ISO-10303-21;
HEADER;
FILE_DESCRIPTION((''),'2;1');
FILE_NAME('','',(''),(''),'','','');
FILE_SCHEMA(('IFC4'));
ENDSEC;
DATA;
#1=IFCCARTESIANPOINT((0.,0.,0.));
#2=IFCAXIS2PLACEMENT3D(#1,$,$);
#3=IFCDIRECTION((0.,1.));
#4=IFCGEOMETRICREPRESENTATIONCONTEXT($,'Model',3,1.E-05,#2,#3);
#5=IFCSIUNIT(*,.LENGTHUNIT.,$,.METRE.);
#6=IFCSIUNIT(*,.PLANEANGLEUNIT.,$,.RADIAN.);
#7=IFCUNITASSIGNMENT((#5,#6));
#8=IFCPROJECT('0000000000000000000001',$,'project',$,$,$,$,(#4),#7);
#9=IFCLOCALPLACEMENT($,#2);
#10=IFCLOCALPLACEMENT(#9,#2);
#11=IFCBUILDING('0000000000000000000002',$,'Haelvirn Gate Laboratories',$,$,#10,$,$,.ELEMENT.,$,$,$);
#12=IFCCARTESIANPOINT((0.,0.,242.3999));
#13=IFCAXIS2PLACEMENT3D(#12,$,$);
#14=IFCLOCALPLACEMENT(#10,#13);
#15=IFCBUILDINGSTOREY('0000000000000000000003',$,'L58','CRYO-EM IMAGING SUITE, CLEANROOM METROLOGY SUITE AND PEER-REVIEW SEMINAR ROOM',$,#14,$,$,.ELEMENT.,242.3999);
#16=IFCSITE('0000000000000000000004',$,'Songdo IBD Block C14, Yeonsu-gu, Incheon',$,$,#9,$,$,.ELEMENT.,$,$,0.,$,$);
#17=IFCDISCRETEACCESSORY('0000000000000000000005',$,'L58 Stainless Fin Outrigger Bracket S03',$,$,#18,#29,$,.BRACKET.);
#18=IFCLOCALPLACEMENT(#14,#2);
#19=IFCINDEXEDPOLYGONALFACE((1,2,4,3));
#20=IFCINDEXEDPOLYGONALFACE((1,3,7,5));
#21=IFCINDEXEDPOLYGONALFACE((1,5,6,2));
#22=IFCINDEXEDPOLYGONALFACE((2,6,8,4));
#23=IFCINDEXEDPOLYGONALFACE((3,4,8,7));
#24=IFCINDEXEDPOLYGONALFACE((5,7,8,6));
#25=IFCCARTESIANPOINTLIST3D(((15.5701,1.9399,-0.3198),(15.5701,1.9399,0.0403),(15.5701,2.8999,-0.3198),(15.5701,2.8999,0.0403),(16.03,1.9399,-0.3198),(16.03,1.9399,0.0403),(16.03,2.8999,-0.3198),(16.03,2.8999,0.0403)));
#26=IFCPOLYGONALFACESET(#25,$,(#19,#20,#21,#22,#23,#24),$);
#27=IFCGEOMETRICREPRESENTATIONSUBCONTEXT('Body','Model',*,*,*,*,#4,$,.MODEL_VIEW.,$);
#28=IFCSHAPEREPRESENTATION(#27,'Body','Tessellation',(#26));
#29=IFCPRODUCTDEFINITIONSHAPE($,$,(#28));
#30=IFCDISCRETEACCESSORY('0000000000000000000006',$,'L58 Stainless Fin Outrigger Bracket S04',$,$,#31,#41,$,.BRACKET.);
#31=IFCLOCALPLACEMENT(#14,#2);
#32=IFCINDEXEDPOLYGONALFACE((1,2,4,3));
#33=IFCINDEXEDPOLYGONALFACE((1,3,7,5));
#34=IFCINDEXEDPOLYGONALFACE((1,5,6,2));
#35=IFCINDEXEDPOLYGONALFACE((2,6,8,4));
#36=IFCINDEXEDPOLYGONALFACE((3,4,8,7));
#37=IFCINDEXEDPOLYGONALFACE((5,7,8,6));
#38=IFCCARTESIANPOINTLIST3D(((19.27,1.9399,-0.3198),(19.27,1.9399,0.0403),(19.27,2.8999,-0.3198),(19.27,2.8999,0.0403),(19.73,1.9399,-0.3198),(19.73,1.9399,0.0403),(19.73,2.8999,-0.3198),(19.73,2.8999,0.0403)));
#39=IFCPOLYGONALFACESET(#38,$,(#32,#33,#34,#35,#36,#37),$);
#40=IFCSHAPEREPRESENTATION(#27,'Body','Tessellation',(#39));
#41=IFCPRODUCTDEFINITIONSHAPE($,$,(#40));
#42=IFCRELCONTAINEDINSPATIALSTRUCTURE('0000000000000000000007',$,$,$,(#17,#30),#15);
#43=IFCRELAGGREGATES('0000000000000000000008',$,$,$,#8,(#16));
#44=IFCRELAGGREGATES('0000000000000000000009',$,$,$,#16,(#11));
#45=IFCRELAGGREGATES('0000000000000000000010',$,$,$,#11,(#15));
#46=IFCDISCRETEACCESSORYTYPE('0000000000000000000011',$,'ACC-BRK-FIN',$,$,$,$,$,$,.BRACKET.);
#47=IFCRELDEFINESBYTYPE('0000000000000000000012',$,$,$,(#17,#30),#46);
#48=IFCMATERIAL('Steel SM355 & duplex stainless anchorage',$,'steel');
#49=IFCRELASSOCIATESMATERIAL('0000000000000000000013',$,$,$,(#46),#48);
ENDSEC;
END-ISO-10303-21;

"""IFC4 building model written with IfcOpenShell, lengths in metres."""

from ifc_helpers import new_model, si_unit, direction, frame, origin, origin_2d, place, context, subcontext, project, spatial, rectangle, extrude, source, transform, mapped, material, type_object, type_shapes, element, save


model = new_model("IFC4")

# Units and contexts
model_context = context("Model", 3, precision=1e-05, world=origin(), true_north=direction((0.0, 1.0)))
body_context = subcontext(model_context, "Body", "Model", "MODEL_VIEW")
ifc_project = project(units=[si_unit("LENGTHUNIT", "METRE"), si_unit("PLANEANGLEUNIT", "RADIAN")], contexts=[model_context])

# Site, building, storey
site_placement = place(None, origin())
site = spatial("IfcSite", under=ifc_project, at=site_placement, Name="Songdo IBD Block C14, Yeonsu-gu, Incheon", CompositionType="ELEMENT", RefElevation=0.0)
building_placement = place(site_placement, origin())
building = spatial("IfcBuilding", under=site, at=building_placement, Name="Haelvirn Gate Laboratories", CompositionType="ELEMENT")
storey_placement = place(building_placement, frame((0.0, 0.0, 242.3999)))
storey = spatial("IfcBuildingStorey", under=building, at=storey_placement, Name="L58", Description="CRYO-EM IMAGING SUITE, CLEANROOM METROLOGY SUITE AND PEER-REVIEW SEMINAR ROOM", CompositionType="ELEMENT", Elevation=242.3999)

# Discrete accessories
ifc_material_1 = material(Name="Steel SM355 & duplex stainless anchorage", Category="steel")
discrete_accessory_type = type_object("IfcDiscreteAccessoryType", Name="ACC-BRK-FIN", PredefinedType="BRACKET", material=ifc_material_1)
shared_shape_1 = source(origin(), body_context, "Body", "SweptSolid", [
    extrude(rectangle(XDim=0.46, YDim=0.96, at=origin_2d()), origin(), (0.0, 0.0, 1.0), 0.3601),
])
type_shapes(discrete_accessory_type, [shared_shape_1])
for number, where, z_axis, x_axis, name in (
    (1, (15.8, 2.4199, -0.3198), (0.0, 0.0, 1.0), (1.0, 0.0, 0.0), "L58 Stainless Fin Outrigger Bracket S03"),
    (2, (19.5, 2.4199, -0.3198), (0.0, 0.0, 1.0), (1.0, 0.0, 0.0), "L58 Stainless Fin Outrigger Bracket S04"),
):
    element("IfcDiscreteAccessory", number, at=place(storey_placement, frame(where, z_axis=z_axis, x_axis=x_axis)), inside=storey, type_object=discrete_accessory_type, Name=name, PredefinedType="BRACKET", context=body_context, shape_type="MappedRepresentation", body=[
        mapped(shared_shape_1, transform((0.0, 0.0, 0.0), scale=1.0)),
    ])

save(model, "model.ifc")
